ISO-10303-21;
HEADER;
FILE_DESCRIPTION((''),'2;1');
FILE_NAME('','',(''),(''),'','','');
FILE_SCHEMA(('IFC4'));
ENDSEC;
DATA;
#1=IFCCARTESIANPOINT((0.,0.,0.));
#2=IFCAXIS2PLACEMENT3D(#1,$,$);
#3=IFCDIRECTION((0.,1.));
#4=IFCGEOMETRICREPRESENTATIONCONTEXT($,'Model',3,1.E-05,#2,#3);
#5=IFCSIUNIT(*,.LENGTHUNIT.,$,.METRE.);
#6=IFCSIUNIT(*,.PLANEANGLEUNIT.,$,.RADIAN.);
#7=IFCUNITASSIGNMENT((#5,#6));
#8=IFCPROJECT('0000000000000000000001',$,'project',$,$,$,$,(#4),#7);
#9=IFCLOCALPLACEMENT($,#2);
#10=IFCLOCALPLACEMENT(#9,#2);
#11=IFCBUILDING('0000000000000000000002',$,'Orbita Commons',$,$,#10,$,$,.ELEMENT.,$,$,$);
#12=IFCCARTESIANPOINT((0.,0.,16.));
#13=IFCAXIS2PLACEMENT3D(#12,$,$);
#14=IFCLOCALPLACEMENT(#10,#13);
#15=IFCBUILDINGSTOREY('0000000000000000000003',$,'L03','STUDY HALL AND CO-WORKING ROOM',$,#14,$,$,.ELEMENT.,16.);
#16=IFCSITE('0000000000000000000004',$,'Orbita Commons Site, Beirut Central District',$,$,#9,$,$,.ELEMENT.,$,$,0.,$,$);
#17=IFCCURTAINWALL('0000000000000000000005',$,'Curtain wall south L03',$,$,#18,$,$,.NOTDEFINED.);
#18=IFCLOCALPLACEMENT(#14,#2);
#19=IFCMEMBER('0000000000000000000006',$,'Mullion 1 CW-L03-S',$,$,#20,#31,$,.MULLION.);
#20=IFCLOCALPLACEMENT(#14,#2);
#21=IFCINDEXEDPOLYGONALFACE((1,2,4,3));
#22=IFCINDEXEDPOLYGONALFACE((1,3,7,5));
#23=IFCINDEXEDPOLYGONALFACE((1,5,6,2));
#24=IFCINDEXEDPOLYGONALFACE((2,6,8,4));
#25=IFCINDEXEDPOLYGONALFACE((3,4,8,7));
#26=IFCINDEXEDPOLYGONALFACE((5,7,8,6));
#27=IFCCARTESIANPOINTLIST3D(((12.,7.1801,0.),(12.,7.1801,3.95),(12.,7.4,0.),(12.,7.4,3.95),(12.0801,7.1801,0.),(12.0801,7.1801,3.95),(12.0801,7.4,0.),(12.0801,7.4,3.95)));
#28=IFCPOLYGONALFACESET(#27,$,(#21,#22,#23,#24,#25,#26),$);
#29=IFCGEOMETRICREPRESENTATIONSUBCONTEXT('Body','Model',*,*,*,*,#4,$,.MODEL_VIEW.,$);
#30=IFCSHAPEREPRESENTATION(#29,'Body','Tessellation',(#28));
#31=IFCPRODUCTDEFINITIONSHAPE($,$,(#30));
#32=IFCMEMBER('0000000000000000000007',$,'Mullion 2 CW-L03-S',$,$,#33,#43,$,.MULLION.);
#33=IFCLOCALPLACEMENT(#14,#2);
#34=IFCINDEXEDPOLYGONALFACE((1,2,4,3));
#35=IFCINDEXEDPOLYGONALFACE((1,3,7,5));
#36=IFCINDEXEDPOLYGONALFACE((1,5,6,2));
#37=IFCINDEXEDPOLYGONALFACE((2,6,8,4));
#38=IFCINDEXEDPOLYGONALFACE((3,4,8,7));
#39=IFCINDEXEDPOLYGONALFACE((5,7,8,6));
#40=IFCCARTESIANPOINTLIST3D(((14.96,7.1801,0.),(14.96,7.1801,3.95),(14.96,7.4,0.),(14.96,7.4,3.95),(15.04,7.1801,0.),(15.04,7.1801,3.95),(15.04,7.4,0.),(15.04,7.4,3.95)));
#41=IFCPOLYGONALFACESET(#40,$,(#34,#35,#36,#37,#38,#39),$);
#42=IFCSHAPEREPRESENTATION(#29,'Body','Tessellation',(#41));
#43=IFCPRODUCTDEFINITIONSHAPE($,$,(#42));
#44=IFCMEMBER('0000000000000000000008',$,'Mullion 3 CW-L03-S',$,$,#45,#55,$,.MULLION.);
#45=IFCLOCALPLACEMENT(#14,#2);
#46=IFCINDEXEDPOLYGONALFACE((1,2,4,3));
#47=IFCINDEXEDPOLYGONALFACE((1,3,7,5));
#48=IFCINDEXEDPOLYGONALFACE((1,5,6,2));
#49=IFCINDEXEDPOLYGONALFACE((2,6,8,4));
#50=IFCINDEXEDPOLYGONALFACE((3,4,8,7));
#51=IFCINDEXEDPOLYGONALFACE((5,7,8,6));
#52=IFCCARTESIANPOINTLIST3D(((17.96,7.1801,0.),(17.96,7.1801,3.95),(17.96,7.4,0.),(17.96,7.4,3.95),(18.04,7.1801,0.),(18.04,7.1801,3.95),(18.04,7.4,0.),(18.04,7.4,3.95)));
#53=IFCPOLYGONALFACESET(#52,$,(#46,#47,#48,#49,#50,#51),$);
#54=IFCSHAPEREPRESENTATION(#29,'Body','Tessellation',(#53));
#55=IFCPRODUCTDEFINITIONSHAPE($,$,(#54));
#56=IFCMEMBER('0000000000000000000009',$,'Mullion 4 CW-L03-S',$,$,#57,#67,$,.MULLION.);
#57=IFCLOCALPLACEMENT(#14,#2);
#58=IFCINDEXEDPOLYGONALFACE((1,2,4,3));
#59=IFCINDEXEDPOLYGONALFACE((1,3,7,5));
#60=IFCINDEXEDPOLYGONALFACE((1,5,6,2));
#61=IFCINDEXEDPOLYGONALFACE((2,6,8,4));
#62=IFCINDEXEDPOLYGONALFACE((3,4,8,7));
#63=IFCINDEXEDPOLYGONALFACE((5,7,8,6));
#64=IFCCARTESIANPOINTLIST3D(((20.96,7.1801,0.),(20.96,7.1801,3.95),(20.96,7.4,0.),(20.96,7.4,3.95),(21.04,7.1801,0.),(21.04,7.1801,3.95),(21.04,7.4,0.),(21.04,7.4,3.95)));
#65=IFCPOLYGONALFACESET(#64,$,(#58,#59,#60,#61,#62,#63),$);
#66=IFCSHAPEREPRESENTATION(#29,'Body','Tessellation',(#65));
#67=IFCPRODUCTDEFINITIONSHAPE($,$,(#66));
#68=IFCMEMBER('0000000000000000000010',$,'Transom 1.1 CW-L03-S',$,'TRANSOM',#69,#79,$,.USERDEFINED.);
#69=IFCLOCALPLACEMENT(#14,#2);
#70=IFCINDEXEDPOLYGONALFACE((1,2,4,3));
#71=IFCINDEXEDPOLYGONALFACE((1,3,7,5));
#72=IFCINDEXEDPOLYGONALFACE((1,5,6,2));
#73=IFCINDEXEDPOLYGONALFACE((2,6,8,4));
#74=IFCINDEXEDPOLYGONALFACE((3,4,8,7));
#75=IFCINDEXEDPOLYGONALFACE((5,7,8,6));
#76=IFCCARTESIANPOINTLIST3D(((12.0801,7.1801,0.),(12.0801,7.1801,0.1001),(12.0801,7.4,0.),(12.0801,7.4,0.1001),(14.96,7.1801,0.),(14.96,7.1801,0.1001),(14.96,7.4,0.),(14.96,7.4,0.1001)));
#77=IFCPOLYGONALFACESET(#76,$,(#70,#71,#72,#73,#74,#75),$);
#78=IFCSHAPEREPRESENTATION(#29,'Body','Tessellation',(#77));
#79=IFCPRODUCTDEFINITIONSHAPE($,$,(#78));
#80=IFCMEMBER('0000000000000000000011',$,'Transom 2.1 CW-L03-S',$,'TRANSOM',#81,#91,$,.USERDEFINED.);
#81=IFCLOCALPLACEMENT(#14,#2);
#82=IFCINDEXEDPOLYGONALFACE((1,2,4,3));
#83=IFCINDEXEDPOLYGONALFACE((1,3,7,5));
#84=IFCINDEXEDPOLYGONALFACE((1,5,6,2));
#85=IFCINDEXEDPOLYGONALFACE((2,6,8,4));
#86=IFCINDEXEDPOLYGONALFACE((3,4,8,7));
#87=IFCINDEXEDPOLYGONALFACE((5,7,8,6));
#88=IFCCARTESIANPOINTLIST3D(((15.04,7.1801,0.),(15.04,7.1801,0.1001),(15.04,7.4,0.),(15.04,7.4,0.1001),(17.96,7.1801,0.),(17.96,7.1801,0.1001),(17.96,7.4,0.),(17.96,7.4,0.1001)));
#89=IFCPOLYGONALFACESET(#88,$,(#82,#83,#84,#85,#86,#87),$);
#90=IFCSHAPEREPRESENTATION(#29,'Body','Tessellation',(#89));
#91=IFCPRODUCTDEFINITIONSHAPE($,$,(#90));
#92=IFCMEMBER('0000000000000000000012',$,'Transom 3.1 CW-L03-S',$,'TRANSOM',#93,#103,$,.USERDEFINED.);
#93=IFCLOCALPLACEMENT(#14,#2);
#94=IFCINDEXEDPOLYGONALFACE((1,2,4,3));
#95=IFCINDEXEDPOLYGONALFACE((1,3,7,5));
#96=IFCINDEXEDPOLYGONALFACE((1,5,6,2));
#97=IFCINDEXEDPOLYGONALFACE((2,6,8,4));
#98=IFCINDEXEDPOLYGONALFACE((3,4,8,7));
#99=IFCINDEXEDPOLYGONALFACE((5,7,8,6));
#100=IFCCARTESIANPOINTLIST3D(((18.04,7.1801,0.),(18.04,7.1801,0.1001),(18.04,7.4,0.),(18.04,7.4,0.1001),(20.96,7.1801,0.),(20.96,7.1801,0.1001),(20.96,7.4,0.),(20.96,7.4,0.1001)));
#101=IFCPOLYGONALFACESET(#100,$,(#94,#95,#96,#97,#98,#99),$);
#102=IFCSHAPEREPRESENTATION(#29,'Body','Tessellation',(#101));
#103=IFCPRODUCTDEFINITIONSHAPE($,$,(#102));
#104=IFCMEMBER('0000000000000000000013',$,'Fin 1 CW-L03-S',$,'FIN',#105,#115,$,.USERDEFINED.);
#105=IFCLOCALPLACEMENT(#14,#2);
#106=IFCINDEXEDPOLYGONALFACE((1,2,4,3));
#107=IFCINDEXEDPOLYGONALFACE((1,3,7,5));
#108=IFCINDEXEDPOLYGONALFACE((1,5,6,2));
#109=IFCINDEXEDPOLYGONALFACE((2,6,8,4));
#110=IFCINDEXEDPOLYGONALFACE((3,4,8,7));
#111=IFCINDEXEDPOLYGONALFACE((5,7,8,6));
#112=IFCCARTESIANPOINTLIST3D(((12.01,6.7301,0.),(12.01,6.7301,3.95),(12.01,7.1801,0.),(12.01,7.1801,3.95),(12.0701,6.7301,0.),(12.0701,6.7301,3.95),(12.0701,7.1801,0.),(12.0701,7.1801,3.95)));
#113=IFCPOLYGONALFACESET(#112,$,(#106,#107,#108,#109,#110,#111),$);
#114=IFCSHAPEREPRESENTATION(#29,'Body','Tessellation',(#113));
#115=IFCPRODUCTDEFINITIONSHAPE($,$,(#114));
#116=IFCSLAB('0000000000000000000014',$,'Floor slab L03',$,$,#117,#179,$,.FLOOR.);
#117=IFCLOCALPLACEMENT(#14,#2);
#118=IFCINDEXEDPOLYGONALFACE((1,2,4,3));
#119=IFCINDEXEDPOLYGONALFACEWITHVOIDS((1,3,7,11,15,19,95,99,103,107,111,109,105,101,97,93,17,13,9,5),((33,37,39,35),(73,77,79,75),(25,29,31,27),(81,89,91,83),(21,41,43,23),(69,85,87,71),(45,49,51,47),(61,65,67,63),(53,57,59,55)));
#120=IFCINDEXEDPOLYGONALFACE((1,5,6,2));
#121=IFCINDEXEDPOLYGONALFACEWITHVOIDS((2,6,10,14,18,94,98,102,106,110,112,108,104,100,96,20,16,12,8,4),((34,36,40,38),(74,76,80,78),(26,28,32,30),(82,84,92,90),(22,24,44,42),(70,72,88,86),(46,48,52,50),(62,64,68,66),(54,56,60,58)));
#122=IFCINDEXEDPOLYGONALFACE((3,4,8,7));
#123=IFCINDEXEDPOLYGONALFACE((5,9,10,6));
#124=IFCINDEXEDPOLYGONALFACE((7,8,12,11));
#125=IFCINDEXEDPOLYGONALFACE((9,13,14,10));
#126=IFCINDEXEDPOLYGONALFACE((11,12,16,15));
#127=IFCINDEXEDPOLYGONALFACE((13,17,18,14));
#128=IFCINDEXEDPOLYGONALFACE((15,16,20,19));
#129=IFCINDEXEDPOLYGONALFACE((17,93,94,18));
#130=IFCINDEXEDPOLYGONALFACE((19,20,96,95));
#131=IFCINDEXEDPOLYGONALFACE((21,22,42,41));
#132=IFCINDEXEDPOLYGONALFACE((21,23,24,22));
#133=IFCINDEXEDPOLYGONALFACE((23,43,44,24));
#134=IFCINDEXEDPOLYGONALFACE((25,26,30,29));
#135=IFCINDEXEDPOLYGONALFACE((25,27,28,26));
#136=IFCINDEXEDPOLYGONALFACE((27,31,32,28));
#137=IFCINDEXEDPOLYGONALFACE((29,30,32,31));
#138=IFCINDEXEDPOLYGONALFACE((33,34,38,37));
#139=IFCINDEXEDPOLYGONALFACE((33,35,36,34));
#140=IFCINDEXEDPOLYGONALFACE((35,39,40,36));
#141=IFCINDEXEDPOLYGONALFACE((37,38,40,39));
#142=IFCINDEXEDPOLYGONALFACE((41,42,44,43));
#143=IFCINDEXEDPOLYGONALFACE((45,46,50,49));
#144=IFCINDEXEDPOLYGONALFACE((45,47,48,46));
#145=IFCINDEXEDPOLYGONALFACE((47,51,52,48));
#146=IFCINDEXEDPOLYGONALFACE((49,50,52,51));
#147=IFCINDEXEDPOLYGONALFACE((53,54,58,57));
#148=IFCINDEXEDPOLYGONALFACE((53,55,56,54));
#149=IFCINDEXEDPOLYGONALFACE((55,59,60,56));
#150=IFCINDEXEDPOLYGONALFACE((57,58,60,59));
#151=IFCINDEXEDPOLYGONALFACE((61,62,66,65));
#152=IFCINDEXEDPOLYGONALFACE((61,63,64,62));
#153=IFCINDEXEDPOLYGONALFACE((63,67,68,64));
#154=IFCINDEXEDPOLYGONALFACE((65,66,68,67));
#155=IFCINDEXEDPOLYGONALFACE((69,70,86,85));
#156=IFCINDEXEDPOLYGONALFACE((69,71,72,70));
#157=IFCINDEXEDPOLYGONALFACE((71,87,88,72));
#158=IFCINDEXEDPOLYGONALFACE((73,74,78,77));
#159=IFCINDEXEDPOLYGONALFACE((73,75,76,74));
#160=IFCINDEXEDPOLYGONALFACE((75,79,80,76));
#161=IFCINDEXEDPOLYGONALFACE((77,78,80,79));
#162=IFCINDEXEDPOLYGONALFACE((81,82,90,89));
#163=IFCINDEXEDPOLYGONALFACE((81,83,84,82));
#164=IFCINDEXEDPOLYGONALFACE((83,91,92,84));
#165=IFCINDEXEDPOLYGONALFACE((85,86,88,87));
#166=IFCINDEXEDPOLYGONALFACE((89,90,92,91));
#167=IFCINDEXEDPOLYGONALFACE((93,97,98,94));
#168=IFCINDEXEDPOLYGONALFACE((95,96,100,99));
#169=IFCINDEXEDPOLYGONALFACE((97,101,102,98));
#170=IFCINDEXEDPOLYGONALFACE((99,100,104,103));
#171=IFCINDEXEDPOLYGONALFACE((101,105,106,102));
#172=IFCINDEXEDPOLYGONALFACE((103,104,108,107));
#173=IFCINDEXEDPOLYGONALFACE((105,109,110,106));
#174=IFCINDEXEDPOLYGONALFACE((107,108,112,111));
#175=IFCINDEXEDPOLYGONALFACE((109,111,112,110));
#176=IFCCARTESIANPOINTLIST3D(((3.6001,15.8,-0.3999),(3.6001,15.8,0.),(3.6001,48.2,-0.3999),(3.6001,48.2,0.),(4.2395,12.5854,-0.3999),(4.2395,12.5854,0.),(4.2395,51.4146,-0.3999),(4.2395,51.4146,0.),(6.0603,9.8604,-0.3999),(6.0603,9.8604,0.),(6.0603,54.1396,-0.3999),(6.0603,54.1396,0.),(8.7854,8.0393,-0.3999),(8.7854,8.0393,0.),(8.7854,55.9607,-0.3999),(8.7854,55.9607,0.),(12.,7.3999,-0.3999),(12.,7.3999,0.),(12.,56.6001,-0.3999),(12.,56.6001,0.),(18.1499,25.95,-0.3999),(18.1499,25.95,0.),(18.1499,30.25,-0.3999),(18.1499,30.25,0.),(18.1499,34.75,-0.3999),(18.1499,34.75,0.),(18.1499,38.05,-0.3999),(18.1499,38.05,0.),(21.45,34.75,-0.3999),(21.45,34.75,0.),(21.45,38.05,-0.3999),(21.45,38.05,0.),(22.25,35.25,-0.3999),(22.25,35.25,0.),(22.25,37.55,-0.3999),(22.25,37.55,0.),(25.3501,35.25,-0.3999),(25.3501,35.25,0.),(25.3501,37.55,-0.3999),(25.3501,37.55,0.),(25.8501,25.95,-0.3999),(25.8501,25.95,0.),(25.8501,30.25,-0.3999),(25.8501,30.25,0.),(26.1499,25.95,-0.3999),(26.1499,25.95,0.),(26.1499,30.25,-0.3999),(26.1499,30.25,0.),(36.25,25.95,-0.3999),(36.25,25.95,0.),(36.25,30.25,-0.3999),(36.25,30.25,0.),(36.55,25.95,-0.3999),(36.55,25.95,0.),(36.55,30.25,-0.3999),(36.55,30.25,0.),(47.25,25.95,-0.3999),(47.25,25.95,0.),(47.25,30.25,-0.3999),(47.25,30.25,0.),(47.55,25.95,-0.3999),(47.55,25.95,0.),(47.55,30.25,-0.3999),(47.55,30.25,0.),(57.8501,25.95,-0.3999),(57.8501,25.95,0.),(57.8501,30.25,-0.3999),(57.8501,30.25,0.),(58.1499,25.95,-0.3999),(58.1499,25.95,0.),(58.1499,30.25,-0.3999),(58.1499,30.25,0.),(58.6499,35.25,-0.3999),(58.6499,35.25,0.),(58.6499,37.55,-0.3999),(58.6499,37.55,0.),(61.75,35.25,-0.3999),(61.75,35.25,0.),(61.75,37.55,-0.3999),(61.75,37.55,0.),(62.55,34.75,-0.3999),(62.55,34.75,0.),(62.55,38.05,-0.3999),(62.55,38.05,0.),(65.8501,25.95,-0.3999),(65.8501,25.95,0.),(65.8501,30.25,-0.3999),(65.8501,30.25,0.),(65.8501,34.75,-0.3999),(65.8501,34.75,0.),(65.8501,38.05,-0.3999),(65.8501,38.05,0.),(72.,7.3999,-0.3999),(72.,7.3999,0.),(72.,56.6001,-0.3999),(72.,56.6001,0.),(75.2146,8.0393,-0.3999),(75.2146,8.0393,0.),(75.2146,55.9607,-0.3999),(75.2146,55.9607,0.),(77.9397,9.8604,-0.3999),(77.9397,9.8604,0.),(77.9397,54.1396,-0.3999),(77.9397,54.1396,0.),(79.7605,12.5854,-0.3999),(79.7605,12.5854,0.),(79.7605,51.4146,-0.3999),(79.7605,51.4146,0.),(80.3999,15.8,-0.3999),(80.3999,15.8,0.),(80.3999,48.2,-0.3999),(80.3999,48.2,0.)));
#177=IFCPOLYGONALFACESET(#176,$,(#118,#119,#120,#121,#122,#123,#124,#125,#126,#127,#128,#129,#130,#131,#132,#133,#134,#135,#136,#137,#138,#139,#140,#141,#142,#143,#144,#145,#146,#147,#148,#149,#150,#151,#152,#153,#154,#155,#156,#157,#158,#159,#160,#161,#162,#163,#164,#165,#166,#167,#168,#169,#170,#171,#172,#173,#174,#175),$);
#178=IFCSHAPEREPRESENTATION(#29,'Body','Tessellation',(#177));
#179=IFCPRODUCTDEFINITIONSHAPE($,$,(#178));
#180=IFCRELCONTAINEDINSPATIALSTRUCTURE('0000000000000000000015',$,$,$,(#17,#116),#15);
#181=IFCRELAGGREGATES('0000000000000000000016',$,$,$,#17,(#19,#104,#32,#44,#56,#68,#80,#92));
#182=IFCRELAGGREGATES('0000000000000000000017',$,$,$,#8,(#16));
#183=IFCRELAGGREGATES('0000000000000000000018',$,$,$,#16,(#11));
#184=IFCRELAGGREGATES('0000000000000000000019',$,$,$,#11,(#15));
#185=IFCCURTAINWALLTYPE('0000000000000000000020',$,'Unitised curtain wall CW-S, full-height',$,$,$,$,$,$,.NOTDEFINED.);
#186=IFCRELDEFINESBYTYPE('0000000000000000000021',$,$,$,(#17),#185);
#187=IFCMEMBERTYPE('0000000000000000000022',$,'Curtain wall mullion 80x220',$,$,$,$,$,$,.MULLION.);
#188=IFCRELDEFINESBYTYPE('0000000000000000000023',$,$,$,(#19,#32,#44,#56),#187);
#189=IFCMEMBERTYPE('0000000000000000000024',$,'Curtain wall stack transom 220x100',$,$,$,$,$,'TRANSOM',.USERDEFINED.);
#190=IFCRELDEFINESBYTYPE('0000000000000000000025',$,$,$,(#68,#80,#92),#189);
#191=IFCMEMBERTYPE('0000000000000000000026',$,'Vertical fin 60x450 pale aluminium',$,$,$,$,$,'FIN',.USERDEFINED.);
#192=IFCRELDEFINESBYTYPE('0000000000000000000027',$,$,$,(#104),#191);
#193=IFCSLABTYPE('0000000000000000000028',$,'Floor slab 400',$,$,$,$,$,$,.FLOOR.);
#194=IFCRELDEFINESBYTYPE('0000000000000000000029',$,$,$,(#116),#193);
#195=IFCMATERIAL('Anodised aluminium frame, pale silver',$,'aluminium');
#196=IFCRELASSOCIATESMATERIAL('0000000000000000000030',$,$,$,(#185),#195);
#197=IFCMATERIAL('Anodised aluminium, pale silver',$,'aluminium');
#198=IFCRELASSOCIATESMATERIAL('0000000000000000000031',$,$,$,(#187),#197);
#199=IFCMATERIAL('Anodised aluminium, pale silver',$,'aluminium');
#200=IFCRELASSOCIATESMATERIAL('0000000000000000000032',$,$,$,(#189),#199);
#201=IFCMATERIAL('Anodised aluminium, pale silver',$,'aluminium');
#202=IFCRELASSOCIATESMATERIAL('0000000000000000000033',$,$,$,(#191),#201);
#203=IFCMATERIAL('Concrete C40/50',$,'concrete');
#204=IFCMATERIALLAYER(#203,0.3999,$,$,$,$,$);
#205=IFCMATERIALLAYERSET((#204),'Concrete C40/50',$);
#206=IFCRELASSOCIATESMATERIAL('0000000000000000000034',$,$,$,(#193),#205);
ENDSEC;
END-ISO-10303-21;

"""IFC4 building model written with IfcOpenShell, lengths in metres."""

from ifc_helpers import new_model, si_unit, direction, frame, origin, origin_2d, place, context, subcontext, project, spatial, polyline, rectangle, outline, extrude, material, layer, layer_set, material_profile, profile_set, type_object, element, aggregate, save


model = new_model("IFC4")

# Units and contexts
model_context = context("Model", 3, precision=1e-05, world=origin(), true_north=direction((0.0, 1.0)))
body_context = subcontext(model_context, "Body", "Model", "MODEL_VIEW")
ifc_project = project(units=[si_unit("LENGTHUNIT", "METRE"), si_unit("PLANEANGLEUNIT", "RADIAN")], contexts=[model_context])

# Site, building, storey
site_placement = place(None, origin())
site = spatial("IfcSite", under=ifc_project, at=site_placement, Name="Orbita Commons Site, Beirut Central District", CompositionType="ELEMENT", RefElevation=0.0)
building_placement = place(site_placement, origin())
building = spatial("IfcBuilding", under=site, at=building_placement, Name="Orbita Commons", CompositionType="ELEMENT")
storey_placement = place(building_placement, frame((0.0, 0.0, 16.0)))
storey = spatial("IfcBuildingStorey", under=building, at=storey_placement, Name="L03", Description="STUDY HALL AND CO-WORKING ROOM", CompositionType="ELEMENT", Elevation=16.0)

# Curtain wall, members
ifc_material_1 = material(Name="Anodised aluminium frame, pale silver", Category="aluminium")
curtain_wall_type = type_object("IfcCurtainWallType", Name="Unitised curtain wall CW-S, full-height", PredefinedType="NOTDEFINED", material=ifc_material_1)
curtain_wall_placement = place(storey_placement, origin())
curtain_wall = element("IfcCurtainWall", 1, at=curtain_wall_placement, inside=storey, type_object=curtain_wall_type, Name="Curtain wall south L03", PredefinedType="NOTDEFINED")
ifc_material_2 = material(Name="Anodised aluminium, pale silver", Category="aluminium")
ifc_material_profile_1 = material_profile(ifc_material_2, rectangle(XDim=0.0801, YDim=0.22, at=origin_2d()), Name="AL 80x220")
ifc_profile_set_1 = profile_set([ifc_material_profile_1], Name="Anodised aluminium, pale silver")
member_type_1 = type_object("IfcMemberType", Name="Curtain wall mullion 80x220", PredefinedType="MULLION", material=ifc_profile_set_1)
member_1_placement = place(storey_placement, frame((12.04, 7.29, 0.0), z_axis=(0.0, 0.0, 1.0), x_axis=(1.0, 0.0, 0.0)))
member_1 = element("IfcMember", 2, at=member_1_placement, type_object=member_type_1, Name="Mullion 1 CW-L03-S", PredefinedType="MULLION", context=body_context, shape_type="SweptSolid", body=[
    extrude(rectangle(XDim=0.0801, YDim=0.22, at=origin_2d()), origin(), (0.0, 0.0, 1.0), 3.95),
])
member_2_placement = place(storey_placement, frame((15.0, 7.29, 0.0), z_axis=(0.0, 0.0, 1.0), x_axis=(1.0, 0.0, 0.0)))
member_2 = element("IfcMember", 3, at=member_2_placement, type_object=member_type_1, Name="Mullion 2 CW-L03-S", PredefinedType="MULLION", context=body_context, shape_type="SweptSolid", body=[
    extrude(rectangle(XDim=0.0801, YDim=0.22, at=origin_2d()), origin(), (0.0, 0.0, 1.0), 3.95),
])
member_3_placement = place(storey_placement, frame((18.0, 7.29, 0.0), z_axis=(0.0, 0.0, 1.0), x_axis=(1.0, 0.0, 0.0)))
member_3 = element("IfcMember", 4, at=member_3_placement, type_object=member_type_1, Name="Mullion 3 CW-L03-S", PredefinedType="MULLION", context=body_context, shape_type="SweptSolid", body=[
    extrude(rectangle(XDim=0.0801, YDim=0.22, at=origin_2d()), origin(), (0.0, 0.0, 1.0), 3.95),
])
member_4_placement = place(storey_placement, frame((21.0, 7.29, 0.0), z_axis=(0.0, 0.0, 1.0), x_axis=(1.0, 0.0, 0.0)))
member_4 = element("IfcMember", 5, at=member_4_placement, type_object=member_type_1, Name="Mullion 4 CW-L03-S", PredefinedType="MULLION", context=body_context, shape_type="SweptSolid", body=[
    extrude(rectangle(XDim=0.0801, YDim=0.22, at=origin_2d()), origin(), (0.0, 0.0, 1.0), 3.95),
])
ifc_material_3 = material(Name="Anodised aluminium, pale silver", Category="aluminium")
ifc_material_profile_2 = material_profile(ifc_material_3, rectangle(XDim=0.22, YDim=0.1001, at=origin_2d()), Name="AL 220x100")
ifc_profile_set_2 = profile_set([ifc_material_profile_2], Name="Anodised aluminium, pale silver")
member_type_2 = type_object("IfcMemberType", Name="Curtain wall stack transom 220x100", ElementType="TRANSOM", PredefinedType="USERDEFINED", material=ifc_profile_set_2)
member_5_placement = place(storey_placement, frame((12.0801, 7.29, 0.05), z_axis=(1.0, 0.0, 0.0), x_axis=(0.0, 1.0, 0.0)))
member_5 = element("IfcMember", 6, at=member_5_placement, type_object=member_type_2, Name="Transom 1.1 CW-L03-S", ObjectType="TRANSOM", PredefinedType="USERDEFINED", context=body_context, shape_type="SweptSolid", body=[
    extrude(rectangle(XDim=0.22, YDim=0.1001, at=origin_2d()), origin(), (0.0, 0.0, 1.0), 2.8799),
])
member_6_placement = place(storey_placement, frame((15.04, 7.29, 0.05), z_axis=(1.0, 0.0, 0.0), x_axis=(0.0, 1.0, 0.0)))
member_6 = element("IfcMember", 7, at=member_6_placement, type_object=member_type_2, Name="Transom 2.1 CW-L03-S", ObjectType="TRANSOM", PredefinedType="USERDEFINED", context=body_context, shape_type="SweptSolid", body=[
    extrude(rectangle(XDim=0.22, YDim=0.1001, at=origin_2d()), origin(), (0.0, 0.0, 1.0), 2.9199),
])
member_7_placement = place(storey_placement, frame((18.04, 7.29, 0.05), z_axis=(1.0, 0.0, 0.0), x_axis=(0.0, 1.0, 0.0)))
member_7 = element("IfcMember", 8, at=member_7_placement, type_object=member_type_2, Name="Transom 3.1 CW-L03-S", ObjectType="TRANSOM", PredefinedType="USERDEFINED", context=body_context, shape_type="SweptSolid", body=[
    extrude(rectangle(XDim=0.22, YDim=0.1001, at=origin_2d()), origin(), (0.0, 0.0, 1.0), 2.9199),
])
ifc_material_4 = material(Name="Anodised aluminium, pale silver", Category="aluminium")
ifc_material_profile_3 = material_profile(ifc_material_4, rectangle(XDim=0.0601, YDim=0.45, at=origin_2d()), Name="FIN 60x450")
ifc_profile_set_3 = profile_set([ifc_material_profile_3], Name="Anodised aluminium, pale silver")
member_type_3 = type_object("IfcMemberType", Name="Vertical fin 60x450 pale aluminium", ElementType="FIN", PredefinedType="USERDEFINED", material=ifc_profile_set_3)
member_8_placement = place(storey_placement, frame((12.04, 6.9551, 0.0), z_axis=(0.0, 0.0, 1.0), x_axis=(1.0, 0.0, 0.0)))
member_8 = element("IfcMember", 9, at=member_8_placement, type_object=member_type_3, Name="Fin 1 CW-L03-S", ObjectType="FIN", PredefinedType="USERDEFINED", context=body_context, shape_type="SweptSolid", body=[
    extrude(rectangle(XDim=0.0601, YDim=0.45, at=origin_2d()), origin(), (0.0, 0.0, 1.0), 3.95),
])

# Slab
ifc_material_5 = material(Name="Concrete C40/50", Category="concrete")
ifc_layer_1 = layer(ifc_material_5, 0.3999)
ifc_layer_set_1 = layer_set([ifc_layer_1], Name="Concrete C40/50")
slab_type_1 = type_object("IfcSlabType", Name="Floor slab 400", PredefinedType="FLOOR", material=ifc_layer_set_1)
slab_1_placement = place(storey_placement, frame((0.0, 0.0, -0.3999)))
element("IfcSlab", 10, at=slab_1_placement, inside=storey, type_object=slab_type_1, Name="Floor slab L03", PredefinedType="FLOOR", context=body_context, shape_type="SweptSolid", body=[
    extrude(outline(polyline([(72.0, 7.3999), (75.2146, 8.0393), (77.9397, 9.8604), (79.7605, 12.5854), (80.3999, 15.8), (80.3999, 48.2), (79.7605, 51.4146), (77.9397, 54.1396), (75.2146, 55.9607), (72.0, 56.6001), (12.0, 56.6001), (8.7854, 55.9607), (6.0603, 54.1396), (4.2395, 51.4146), (3.6001, 48.2), (3.6001, 15.8), (4.2395, 12.5854), (6.0603, 9.8604), (8.7854, 8.0393), (12.0, 7.3999), (72.0, 7.3999)]), holes=[polyline([(18.1499, 25.95), (25.8501, 25.95), (25.8501, 30.25), (18.1499, 30.25), (18.1499, 25.95)]), polyline([(58.1499, 25.95), (65.8501, 25.95), (65.8501, 30.25), (58.1499, 30.25), (58.1499, 25.95)]), polyline([(18.1499, 34.75), (21.45, 34.75), (21.45, 38.05), (18.1499, 38.05), (18.1499, 34.75)]), polyline([(62.55, 34.75), (65.8501, 34.75), (65.8501, 38.05), (62.55, 38.05), (62.55, 34.75)]), polyline([(22.25, 35.25), (25.3501, 35.25), (25.3501, 37.55), (22.25, 37.55), (22.25, 35.25)]), polyline([(58.6499, 35.25), (61.75, 35.25), (61.75, 37.55), (58.6499, 37.55), (58.6499, 35.25)]), polyline([(26.1499, 25.95), (36.25, 25.95), (36.25, 30.25), (26.1499, 30.25), (26.1499, 25.95)]), polyline([(36.55, 25.95), (47.25, 25.95), (47.25, 30.25), (36.55, 30.25), (36.55, 25.95)]), polyline([(47.55, 25.95), (57.8501, 25.95), (57.8501, 30.25), (47.55, 30.25), (47.55, 25.95)])]), origin(), (0.0, 0.0, 1.0), 0.3999),
])

aggregate(curtain_wall, [member_1, member_8, member_2, member_3, member_4, member_5, member_6, member_7])

save(model, "model.ifc")
